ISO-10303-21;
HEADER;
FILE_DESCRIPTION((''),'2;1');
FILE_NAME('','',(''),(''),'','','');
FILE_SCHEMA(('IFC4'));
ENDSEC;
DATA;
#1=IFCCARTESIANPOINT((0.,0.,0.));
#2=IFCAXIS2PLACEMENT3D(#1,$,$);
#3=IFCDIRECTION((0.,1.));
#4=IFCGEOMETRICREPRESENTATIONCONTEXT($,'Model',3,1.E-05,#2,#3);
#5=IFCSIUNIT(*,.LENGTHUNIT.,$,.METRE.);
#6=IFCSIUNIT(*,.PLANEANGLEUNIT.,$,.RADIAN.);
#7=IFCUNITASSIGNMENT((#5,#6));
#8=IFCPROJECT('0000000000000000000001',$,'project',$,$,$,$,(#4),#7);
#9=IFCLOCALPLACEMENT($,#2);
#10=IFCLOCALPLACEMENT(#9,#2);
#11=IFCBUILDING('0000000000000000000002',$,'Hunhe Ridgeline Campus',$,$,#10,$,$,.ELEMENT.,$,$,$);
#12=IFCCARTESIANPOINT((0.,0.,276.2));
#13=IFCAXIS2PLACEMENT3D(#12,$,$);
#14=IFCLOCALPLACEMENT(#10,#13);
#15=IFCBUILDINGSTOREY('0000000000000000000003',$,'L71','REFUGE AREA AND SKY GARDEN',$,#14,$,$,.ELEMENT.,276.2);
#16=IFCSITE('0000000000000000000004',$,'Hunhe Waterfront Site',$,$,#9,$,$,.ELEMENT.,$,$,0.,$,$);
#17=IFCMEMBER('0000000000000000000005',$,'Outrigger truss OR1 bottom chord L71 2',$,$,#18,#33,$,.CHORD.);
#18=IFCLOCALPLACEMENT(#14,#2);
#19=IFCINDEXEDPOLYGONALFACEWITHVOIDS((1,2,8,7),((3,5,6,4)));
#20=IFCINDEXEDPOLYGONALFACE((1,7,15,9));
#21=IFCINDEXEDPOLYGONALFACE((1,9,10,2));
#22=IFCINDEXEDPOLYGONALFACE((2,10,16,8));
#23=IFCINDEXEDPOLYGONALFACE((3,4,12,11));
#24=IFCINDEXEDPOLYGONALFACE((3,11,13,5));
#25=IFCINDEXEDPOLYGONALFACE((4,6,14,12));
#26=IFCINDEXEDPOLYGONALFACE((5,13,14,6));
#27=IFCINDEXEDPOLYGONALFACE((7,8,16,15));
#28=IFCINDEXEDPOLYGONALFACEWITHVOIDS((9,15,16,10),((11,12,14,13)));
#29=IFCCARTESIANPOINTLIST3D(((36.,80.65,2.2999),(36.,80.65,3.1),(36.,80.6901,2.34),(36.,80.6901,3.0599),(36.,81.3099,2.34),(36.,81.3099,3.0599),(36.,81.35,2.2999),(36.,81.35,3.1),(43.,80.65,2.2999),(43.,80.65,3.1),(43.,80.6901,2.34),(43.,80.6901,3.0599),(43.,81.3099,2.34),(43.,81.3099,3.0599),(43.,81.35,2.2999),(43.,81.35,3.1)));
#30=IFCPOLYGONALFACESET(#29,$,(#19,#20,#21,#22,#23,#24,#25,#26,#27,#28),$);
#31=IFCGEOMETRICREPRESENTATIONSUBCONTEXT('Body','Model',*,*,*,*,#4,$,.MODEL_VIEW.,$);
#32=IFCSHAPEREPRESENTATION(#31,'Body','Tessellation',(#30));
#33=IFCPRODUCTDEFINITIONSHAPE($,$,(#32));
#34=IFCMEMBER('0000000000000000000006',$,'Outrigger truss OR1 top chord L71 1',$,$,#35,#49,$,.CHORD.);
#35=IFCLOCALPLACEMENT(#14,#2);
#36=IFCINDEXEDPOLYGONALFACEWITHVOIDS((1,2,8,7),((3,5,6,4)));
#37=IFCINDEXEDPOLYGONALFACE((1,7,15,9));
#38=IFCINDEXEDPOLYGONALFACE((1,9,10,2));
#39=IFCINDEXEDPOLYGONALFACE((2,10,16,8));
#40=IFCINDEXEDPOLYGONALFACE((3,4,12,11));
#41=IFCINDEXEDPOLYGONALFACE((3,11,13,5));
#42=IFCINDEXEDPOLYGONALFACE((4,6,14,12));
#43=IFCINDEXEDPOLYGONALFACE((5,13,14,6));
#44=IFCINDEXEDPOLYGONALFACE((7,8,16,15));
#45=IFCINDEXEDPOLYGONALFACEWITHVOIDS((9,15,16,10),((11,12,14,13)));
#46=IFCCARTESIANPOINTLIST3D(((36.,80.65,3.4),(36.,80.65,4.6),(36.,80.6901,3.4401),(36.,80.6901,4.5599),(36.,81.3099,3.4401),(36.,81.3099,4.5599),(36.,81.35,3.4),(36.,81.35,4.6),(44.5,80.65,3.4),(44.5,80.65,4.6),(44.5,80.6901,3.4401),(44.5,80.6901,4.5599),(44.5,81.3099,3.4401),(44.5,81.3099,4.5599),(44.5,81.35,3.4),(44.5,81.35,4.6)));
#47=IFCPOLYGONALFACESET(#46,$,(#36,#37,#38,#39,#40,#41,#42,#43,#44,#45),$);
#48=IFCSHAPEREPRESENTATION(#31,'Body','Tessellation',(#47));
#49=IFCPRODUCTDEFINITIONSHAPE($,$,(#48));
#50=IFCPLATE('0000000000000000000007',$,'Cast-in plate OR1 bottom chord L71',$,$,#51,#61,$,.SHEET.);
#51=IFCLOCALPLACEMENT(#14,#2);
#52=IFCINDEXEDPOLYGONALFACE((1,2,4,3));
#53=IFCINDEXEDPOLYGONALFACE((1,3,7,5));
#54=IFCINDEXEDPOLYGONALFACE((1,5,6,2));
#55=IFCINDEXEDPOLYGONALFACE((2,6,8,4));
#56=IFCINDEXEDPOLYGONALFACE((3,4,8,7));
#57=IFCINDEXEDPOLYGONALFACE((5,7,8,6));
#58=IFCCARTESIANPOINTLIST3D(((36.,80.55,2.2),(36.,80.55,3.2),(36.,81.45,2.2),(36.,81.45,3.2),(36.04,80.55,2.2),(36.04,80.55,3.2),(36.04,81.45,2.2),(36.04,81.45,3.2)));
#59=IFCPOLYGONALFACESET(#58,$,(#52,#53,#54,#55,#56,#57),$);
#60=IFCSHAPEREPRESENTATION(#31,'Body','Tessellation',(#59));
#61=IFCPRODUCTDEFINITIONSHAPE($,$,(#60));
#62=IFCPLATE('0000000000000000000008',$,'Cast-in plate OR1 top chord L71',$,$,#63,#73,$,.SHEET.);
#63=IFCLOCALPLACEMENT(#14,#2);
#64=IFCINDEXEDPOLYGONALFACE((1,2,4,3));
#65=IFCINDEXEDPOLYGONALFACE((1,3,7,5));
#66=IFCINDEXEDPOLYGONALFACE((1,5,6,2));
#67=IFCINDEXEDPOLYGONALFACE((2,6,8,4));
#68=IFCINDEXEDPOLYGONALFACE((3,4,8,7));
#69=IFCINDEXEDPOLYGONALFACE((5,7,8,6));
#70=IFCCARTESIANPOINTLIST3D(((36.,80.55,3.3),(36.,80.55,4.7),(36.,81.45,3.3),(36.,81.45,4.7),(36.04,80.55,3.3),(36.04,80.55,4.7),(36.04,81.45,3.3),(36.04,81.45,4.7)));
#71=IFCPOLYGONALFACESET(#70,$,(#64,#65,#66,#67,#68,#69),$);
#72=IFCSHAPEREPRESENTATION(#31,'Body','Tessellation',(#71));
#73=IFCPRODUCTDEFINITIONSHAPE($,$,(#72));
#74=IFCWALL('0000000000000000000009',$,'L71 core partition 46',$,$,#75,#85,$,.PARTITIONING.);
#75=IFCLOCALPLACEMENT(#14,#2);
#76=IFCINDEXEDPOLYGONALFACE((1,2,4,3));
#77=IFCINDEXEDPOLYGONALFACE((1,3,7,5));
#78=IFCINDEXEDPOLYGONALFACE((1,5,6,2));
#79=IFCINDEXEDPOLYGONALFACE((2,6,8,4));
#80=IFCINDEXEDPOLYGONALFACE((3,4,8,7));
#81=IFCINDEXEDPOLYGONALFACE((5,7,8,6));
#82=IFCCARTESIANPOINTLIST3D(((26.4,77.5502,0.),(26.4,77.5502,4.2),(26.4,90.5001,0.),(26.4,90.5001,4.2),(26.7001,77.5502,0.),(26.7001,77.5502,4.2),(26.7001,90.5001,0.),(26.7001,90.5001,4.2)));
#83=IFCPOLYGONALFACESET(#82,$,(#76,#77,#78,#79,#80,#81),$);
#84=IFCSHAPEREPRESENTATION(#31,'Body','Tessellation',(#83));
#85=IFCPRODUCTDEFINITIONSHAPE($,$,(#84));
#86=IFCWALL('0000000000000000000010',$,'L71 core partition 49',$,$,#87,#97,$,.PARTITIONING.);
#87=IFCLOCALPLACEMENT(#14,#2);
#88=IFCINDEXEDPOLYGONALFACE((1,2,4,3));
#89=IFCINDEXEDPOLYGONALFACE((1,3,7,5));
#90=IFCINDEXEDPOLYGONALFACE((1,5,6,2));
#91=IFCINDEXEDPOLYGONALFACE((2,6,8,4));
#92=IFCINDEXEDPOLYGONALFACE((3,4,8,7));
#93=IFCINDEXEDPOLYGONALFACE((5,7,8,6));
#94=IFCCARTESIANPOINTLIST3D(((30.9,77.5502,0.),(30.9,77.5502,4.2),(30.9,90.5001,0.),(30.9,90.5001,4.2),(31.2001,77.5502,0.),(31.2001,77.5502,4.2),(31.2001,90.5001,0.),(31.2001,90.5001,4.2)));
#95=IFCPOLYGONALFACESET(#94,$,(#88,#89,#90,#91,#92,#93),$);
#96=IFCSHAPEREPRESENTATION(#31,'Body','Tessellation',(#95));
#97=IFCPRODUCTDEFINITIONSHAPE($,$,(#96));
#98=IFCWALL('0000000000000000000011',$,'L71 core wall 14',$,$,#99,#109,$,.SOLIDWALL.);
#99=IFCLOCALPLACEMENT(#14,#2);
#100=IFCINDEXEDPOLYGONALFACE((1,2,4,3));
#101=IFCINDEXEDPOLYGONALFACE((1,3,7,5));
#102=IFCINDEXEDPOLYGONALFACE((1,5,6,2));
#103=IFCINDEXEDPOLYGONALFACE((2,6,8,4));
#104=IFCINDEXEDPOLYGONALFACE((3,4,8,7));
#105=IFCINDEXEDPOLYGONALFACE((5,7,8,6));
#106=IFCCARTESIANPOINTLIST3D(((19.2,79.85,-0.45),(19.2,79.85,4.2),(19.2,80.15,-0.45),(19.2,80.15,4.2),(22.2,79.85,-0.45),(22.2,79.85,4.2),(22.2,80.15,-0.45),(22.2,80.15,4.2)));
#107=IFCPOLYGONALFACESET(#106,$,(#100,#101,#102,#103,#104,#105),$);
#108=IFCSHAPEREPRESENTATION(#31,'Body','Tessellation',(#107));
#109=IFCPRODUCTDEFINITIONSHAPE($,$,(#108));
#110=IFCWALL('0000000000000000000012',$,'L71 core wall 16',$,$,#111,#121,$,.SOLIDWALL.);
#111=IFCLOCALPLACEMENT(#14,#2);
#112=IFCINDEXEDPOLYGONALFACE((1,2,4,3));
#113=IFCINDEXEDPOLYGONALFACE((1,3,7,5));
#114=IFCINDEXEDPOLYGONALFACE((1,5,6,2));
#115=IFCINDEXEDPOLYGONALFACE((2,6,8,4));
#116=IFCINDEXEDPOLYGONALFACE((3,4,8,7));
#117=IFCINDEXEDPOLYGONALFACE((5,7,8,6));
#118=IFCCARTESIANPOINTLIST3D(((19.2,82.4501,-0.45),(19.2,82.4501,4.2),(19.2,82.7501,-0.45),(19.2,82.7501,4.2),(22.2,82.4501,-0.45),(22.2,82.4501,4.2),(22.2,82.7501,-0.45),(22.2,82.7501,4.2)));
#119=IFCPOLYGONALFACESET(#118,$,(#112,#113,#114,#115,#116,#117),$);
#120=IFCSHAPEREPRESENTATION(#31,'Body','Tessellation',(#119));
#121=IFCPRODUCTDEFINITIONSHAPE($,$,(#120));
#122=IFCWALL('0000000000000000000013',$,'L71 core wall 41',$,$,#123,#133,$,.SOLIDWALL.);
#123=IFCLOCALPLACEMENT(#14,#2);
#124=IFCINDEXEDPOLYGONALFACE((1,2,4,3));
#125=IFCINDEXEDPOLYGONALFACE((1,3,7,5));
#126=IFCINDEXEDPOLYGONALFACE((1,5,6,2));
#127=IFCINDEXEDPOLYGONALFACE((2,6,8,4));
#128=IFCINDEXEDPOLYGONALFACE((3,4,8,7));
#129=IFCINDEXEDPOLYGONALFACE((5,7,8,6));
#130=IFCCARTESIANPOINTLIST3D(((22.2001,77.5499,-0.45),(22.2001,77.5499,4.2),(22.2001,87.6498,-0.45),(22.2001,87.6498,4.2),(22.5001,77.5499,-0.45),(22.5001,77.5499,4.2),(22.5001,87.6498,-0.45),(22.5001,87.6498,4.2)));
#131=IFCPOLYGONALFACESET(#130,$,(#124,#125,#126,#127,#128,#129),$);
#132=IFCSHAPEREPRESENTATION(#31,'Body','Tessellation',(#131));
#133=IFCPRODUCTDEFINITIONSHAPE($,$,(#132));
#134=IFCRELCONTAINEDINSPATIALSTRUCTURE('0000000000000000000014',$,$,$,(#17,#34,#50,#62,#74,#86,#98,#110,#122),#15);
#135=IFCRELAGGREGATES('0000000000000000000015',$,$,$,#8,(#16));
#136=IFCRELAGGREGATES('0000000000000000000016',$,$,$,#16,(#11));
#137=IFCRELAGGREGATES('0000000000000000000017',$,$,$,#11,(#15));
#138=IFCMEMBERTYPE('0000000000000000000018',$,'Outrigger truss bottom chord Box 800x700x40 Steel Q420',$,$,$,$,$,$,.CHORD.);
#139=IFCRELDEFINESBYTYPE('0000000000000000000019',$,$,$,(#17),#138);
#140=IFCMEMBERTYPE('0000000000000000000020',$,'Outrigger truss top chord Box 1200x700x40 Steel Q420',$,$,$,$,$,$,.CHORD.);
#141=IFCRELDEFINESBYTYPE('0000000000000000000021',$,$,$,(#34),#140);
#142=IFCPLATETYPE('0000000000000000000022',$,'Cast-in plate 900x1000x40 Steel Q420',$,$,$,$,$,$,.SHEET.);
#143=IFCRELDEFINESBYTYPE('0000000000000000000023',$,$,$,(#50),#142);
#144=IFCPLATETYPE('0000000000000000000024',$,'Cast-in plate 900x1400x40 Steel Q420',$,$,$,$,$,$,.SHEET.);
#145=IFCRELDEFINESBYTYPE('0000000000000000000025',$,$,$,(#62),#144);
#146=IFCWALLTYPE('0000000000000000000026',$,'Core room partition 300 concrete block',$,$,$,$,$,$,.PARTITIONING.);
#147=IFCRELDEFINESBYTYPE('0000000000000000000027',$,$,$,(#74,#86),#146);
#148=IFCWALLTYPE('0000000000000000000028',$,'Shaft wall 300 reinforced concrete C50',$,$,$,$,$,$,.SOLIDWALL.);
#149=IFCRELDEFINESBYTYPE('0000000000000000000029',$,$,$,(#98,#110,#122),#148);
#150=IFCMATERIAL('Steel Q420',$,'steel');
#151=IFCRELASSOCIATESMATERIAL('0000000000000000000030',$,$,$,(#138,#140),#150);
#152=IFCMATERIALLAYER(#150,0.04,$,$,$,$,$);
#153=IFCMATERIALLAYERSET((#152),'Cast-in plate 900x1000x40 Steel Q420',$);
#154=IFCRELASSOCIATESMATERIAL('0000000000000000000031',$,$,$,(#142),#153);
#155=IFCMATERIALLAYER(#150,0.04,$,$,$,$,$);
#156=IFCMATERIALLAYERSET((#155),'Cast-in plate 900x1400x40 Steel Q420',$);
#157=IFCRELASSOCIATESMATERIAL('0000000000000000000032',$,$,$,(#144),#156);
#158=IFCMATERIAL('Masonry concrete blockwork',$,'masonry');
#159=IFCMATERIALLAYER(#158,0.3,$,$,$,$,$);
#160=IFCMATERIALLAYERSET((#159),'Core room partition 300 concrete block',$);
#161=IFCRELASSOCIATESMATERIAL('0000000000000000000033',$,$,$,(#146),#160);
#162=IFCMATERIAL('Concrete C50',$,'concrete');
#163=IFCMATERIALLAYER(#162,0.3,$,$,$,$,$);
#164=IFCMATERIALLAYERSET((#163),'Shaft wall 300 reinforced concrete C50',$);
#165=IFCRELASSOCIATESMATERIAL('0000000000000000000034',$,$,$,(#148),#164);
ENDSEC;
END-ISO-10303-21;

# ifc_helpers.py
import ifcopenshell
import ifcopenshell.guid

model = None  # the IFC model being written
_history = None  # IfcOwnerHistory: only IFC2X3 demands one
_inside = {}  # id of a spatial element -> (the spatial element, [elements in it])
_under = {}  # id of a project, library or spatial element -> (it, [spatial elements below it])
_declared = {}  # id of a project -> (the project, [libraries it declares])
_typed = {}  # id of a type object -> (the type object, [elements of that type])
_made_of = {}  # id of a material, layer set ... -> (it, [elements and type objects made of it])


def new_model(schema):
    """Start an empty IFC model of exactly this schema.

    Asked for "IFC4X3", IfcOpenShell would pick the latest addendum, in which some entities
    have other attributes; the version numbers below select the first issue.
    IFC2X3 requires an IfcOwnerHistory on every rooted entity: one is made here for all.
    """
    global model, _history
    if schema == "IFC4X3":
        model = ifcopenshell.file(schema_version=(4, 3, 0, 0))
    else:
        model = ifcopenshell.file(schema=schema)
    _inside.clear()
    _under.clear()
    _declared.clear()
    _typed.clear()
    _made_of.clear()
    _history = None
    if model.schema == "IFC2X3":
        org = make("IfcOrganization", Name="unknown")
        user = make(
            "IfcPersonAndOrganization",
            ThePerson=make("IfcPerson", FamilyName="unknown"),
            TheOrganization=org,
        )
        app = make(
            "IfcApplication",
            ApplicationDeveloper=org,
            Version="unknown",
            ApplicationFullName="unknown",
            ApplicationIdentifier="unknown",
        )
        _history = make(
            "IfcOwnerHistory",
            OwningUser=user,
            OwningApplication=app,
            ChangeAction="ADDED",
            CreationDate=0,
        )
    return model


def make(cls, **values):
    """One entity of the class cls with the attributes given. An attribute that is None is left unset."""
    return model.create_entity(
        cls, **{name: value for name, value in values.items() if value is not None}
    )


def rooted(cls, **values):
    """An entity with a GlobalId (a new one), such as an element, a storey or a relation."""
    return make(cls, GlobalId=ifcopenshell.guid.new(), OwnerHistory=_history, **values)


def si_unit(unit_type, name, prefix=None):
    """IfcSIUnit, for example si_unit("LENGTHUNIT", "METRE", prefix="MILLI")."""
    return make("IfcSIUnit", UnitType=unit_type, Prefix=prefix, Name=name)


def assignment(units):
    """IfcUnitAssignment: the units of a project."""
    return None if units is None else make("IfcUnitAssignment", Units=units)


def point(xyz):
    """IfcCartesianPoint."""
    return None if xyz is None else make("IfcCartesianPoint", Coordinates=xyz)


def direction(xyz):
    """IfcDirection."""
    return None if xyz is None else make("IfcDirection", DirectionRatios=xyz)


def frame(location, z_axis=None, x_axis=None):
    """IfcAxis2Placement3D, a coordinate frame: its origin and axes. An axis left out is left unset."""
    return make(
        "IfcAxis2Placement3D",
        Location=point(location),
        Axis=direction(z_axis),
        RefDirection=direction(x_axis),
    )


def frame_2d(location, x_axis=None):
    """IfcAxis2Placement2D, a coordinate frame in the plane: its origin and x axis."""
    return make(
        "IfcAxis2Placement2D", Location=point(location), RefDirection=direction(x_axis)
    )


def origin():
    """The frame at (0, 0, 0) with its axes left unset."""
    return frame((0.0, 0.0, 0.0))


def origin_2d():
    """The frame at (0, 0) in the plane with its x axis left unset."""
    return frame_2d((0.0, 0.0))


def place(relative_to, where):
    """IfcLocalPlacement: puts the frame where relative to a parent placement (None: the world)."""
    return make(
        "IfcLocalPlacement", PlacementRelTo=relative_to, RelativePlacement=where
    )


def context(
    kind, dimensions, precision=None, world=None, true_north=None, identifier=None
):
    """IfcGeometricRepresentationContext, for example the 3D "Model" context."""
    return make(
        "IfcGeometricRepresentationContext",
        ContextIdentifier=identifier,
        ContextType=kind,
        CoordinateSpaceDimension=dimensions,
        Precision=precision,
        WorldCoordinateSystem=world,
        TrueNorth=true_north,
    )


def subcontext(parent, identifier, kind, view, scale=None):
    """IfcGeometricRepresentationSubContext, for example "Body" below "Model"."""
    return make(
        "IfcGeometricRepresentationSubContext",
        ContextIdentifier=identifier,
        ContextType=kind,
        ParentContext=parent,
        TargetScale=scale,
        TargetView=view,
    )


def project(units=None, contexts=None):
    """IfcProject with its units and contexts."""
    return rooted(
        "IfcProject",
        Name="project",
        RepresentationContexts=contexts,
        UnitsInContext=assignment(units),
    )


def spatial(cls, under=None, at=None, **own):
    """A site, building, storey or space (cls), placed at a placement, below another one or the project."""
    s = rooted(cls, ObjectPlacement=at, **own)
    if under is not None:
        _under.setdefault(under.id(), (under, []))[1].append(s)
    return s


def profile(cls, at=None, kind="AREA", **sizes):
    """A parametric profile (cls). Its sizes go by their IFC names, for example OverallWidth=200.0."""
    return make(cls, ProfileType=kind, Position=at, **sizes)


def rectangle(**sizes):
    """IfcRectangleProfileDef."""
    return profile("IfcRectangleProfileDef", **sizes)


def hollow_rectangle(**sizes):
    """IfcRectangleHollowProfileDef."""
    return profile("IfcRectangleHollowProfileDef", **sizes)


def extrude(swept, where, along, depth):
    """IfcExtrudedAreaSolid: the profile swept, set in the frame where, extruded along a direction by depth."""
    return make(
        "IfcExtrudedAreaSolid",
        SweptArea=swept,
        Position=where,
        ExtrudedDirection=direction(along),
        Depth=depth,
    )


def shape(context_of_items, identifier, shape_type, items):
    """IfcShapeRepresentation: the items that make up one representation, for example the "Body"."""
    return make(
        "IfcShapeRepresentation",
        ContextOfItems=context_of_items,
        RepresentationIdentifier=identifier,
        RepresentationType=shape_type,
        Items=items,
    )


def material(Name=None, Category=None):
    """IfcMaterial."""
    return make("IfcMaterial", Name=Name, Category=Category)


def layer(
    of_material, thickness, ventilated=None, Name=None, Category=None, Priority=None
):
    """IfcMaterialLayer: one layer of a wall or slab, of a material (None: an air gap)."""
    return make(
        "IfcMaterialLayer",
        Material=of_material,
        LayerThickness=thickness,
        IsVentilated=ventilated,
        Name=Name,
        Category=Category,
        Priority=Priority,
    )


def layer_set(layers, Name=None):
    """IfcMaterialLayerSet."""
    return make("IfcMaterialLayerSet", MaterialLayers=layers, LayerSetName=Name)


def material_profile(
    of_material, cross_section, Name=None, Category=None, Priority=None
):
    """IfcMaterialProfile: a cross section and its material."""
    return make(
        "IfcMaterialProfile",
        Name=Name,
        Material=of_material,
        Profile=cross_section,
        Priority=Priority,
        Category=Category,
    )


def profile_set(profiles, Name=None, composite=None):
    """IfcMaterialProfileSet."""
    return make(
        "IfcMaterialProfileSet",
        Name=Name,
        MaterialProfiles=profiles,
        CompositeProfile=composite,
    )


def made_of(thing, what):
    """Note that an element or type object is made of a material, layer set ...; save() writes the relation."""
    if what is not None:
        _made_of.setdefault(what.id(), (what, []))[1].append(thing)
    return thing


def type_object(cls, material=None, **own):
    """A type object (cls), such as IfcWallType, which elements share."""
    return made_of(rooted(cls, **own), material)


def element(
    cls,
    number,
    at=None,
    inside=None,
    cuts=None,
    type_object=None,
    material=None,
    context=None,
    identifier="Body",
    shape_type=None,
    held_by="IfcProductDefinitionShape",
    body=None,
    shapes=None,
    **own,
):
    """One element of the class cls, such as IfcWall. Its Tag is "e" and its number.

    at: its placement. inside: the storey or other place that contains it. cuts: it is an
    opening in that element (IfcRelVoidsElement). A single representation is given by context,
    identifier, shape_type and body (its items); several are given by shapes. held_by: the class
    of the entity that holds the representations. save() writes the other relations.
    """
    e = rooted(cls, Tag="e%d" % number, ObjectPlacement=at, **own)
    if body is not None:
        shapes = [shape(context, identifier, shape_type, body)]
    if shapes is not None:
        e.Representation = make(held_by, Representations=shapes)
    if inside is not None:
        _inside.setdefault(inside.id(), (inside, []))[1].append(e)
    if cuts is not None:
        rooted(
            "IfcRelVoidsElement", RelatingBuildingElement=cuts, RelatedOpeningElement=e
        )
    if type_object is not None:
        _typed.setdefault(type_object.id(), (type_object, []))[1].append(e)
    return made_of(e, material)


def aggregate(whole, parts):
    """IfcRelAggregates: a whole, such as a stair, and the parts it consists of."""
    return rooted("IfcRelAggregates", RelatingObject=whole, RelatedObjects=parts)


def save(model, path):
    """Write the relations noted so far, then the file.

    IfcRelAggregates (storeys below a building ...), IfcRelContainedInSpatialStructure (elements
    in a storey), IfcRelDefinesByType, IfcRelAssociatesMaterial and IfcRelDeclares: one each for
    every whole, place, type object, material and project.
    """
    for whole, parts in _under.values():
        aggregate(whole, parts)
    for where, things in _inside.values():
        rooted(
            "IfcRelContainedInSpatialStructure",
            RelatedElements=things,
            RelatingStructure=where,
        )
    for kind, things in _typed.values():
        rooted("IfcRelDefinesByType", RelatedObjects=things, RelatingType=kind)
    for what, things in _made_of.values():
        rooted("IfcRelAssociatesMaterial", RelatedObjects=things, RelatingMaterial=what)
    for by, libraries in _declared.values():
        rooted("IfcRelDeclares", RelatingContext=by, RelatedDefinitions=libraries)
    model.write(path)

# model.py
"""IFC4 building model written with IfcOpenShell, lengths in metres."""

from ifc_helpers import new_model, si_unit, direction, frame, frame_2d, origin, origin_2d, place, context, subcontext, project, spatial, rectangle, hollow_rectangle, extrude, material, layer, layer_set, material_profile, profile_set, type_object, element, save


model = new_model("IFC4")

# Units and contexts
model_context = context("Model", 3, precision=1e-05, world=origin(), true_north=direction((0.0, 1.0)))
body_context = subcontext(model_context, "Body", "Model", "MODEL_VIEW")
ifc_project = project(units=[si_unit("LENGTHUNIT", "METRE"), si_unit("PLANEANGLEUNIT", "RADIAN")], contexts=[model_context])

# Site, building, storey
site_placement = place(None, origin())
site = spatial("IfcSite", under=ifc_project, at=site_placement, Name="Hunhe Waterfront Site", CompositionType="ELEMENT", RefElevation=0.0)
building_placement = place(site_placement, origin())
building = spatial("IfcBuilding", under=site, at=building_placement, Name="Hunhe Ridgeline Campus", CompositionType="ELEMENT")
storey_placement = place(building_placement, frame((0.0, 0.0, 276.2)))
storey = spatial("IfcBuildingStorey", under=building, at=storey_placement, Name="L71", Description="REFUGE AREA AND SKY GARDEN", CompositionType="ELEMENT", Elevation=276.2)

# Members
ifc_material_1 = material(Name="Steel Q420", Category="steel")
ifc_material_profile_1 = material_profile(ifc_material_1, hollow_rectangle(XDim=0.7, YDim=0.8, WallThickness=0.04, at=origin_2d()))
ifc_profile_set_1 = profile_set([ifc_material_profile_1], Name="Steel Q420")
member_type_1 = type_object("IfcMemberType", Name="Outrigger truss bottom chord Box 800x700x40 Steel Q420", PredefinedType="CHORD", material=ifc_profile_set_1)
member_1_placement = place(storey_placement, frame((36.0, 81.0, 2.7), z_axis=(1.0, 0.0, 0.0), x_axis=(0.0, 1.0, 0.0)))
element("IfcMember", 1, at=member_1_placement, inside=storey, type_object=member_type_1, Name="Outrigger truss OR1 bottom chord L71 2", PredefinedType="CHORD", context=body_context, shape_type="SweptSolid", body=[
    extrude(hollow_rectangle(XDim=0.7, YDim=0.8, WallThickness=0.04, at=origin_2d()), origin(), (0.0, 0.0, 1.0), 7.0),
])
ifc_material_profile_2 = material_profile(ifc_material_1, hollow_rectangle(XDim=0.7, YDim=1.2, WallThickness=0.04, at=origin_2d()))
ifc_profile_set_2 = profile_set([ifc_material_profile_2], Name="Steel Q420")
member_type_2 = type_object("IfcMemberType", Name="Outrigger truss top chord Box 1200x700x40 Steel Q420", PredefinedType="CHORD", material=ifc_profile_set_2)
member_2_placement = place(storey_placement, frame((36.0, 81.0, 4.0), z_axis=(1.0, 0.0, 0.0), x_axis=(0.0, 1.0, 0.0)))
element("IfcMember", 2, at=member_2_placement, inside=storey, type_object=member_type_2, Name="Outrigger truss OR1 top chord L71 1", PredefinedType="CHORD", context=body_context, shape_type="SweptSolid", body=[
    extrude(hollow_rectangle(XDim=0.7, YDim=1.2, WallThickness=0.04, at=origin_2d()), origin(), (0.0, 0.0, 1.0), 8.5),
])

# Plates
ifc_layer_1 = layer(ifc_material_1, 0.04)
ifc_layer_set_1 = layer_set([ifc_layer_1], Name="Cast-in plate 900x1000x40 Steel Q420")
plate_type_1 = type_object("IfcPlateType", Name="Cast-in plate 900x1000x40 Steel Q420", PredefinedType="SHEET", material=ifc_layer_set_1)
plate_1_placement = place(storey_placement, frame((36.02, 81.0, 2.2), z_axis=(0.0, 0.0, 1.0), x_axis=(1.0, 0.0, 0.0)))
element("IfcPlate", 3, at=plate_1_placement, inside=storey, type_object=plate_type_1, Name="Cast-in plate OR1 bottom chord L71", PredefinedType="SHEET", context=body_context, shape_type="SweptSolid", body=[
    extrude(rectangle(XDim=0.04, YDim=0.8999, at=origin_2d()), origin(), (0.0, 0.0, 1.0), 1.0),
])
ifc_layer_2 = layer(ifc_material_1, 0.04)
ifc_layer_set_2 = layer_set([ifc_layer_2], Name="Cast-in plate 900x1400x40 Steel Q420")
plate_type_2 = type_object("IfcPlateType", Name="Cast-in plate 900x1400x40 Steel Q420", PredefinedType="SHEET", material=ifc_layer_set_2)
plate_2_placement = place(storey_placement, frame((36.02, 81.0, 3.3), z_axis=(0.0, 0.0, 1.0), x_axis=(1.0, 0.0, 0.0)))
element("IfcPlate", 4, at=plate_2_placement, inside=storey, type_object=plate_type_2, Name="Cast-in plate OR1 top chord L71", PredefinedType="SHEET", context=body_context, shape_type="SweptSolid", body=[
    extrude(rectangle(XDim=0.04, YDim=0.8999, at=origin_2d()), origin(), (0.0, 0.0, 1.0), 1.3999),
])

# Walls
ifc_material_2 = material(Name="Masonry concrete blockwork", Category="masonry")
ifc_layer_3 = layer(ifc_material_2, 0.3)
ifc_layer_set_3 = layer_set([ifc_layer_3], Name="Core room partition 300 concrete block")
wall_type_1 = type_object("IfcWallType", Name="Core room partition 300 concrete block", PredefinedType="PARTITIONING", material=ifc_layer_set_3)
for number, where, z_axis, x_axis, name in (
    (5, (26.55, 77.55, 0.0), (0.0, 0.0, 1.0), (0.0, 1.0, 0.0), "L71 core partition 46"),
    (6, (31.05, 77.55, 0.0), (0.0, 0.0, 1.0), (0.0, 1.0, 0.0), "L71 core partition 49"),
):
    element("IfcWall", number, at=place(storey_placement, frame(where, z_axis=z_axis, x_axis=x_axis)), inside=storey, type_object=wall_type_1, Name=name, PredefinedType="PARTITIONING", context=body_context, shape_type="SweptSolid", body=[
        extrude(rectangle(XDim=12.95, YDim=0.3, at=frame_2d((6.4751, 0.0))), origin(), (0.0, 0.0, 1.0), 4.2),
    ])

# Shared definitions
ifc_material_3 = material(Name="Concrete C50", Category="concrete")

# Walls
ifc_layer_4 = layer(ifc_material_3, 0.3)
ifc_layer_set_4 = layer_set([ifc_layer_4], Name="Shaft wall 300 reinforced concrete C50")
wall_type_2 = type_object("IfcWallType", Name="Shaft wall 300 reinforced concrete C50", PredefinedType="SOLIDWALL", material=ifc_layer_set_4)
for number, where, z_axis, x_axis, name in (
    (7, (19.2, 80.0, -0.45), (0.0, 0.0, 1.0), (1.0, 0.0, 0.0), "L71 core wall 14"),
    (8, (19.2, 82.6001, -0.45), (0.0, 0.0, 1.0), (1.0, 0.0, 0.0), "L71 core wall 16"),
):
    element("IfcWall", number, at=place(storey_placement, frame(where, z_axis=z_axis, x_axis=x_axis)), inside=storey, type_object=wall_type_2, Name=name, PredefinedType="SOLIDWALL", context=body_context, shape_type="SweptSolid", body=[
        extrude(rectangle(XDim=3.0, YDim=0.3, at=frame_2d((1.5, 0.0))), origin(), (0.0, 0.0, 1.0), 4.6499),
    ])

# Wall
wall_1_placement = place(storey_placement, frame((22.3501, 77.55, -0.45), z_axis=(0.0, 0.0, 1.0), x_axis=(0.0, 1.0, 0.0)))
element("IfcWall", 9, at=wall_1_placement, inside=storey, type_object=wall_type_2, Name="L71 core wall 41", PredefinedType="SOLIDWALL", context=body_context, shape_type="SweptSolid", body=[
    extrude(rectangle(XDim=10.0999, YDim=0.3, at=frame_2d((5.0498, 0.0))), origin(), (0.0, 0.0, 1.0), 4.6499),
])

save(model, "model.ifc")
